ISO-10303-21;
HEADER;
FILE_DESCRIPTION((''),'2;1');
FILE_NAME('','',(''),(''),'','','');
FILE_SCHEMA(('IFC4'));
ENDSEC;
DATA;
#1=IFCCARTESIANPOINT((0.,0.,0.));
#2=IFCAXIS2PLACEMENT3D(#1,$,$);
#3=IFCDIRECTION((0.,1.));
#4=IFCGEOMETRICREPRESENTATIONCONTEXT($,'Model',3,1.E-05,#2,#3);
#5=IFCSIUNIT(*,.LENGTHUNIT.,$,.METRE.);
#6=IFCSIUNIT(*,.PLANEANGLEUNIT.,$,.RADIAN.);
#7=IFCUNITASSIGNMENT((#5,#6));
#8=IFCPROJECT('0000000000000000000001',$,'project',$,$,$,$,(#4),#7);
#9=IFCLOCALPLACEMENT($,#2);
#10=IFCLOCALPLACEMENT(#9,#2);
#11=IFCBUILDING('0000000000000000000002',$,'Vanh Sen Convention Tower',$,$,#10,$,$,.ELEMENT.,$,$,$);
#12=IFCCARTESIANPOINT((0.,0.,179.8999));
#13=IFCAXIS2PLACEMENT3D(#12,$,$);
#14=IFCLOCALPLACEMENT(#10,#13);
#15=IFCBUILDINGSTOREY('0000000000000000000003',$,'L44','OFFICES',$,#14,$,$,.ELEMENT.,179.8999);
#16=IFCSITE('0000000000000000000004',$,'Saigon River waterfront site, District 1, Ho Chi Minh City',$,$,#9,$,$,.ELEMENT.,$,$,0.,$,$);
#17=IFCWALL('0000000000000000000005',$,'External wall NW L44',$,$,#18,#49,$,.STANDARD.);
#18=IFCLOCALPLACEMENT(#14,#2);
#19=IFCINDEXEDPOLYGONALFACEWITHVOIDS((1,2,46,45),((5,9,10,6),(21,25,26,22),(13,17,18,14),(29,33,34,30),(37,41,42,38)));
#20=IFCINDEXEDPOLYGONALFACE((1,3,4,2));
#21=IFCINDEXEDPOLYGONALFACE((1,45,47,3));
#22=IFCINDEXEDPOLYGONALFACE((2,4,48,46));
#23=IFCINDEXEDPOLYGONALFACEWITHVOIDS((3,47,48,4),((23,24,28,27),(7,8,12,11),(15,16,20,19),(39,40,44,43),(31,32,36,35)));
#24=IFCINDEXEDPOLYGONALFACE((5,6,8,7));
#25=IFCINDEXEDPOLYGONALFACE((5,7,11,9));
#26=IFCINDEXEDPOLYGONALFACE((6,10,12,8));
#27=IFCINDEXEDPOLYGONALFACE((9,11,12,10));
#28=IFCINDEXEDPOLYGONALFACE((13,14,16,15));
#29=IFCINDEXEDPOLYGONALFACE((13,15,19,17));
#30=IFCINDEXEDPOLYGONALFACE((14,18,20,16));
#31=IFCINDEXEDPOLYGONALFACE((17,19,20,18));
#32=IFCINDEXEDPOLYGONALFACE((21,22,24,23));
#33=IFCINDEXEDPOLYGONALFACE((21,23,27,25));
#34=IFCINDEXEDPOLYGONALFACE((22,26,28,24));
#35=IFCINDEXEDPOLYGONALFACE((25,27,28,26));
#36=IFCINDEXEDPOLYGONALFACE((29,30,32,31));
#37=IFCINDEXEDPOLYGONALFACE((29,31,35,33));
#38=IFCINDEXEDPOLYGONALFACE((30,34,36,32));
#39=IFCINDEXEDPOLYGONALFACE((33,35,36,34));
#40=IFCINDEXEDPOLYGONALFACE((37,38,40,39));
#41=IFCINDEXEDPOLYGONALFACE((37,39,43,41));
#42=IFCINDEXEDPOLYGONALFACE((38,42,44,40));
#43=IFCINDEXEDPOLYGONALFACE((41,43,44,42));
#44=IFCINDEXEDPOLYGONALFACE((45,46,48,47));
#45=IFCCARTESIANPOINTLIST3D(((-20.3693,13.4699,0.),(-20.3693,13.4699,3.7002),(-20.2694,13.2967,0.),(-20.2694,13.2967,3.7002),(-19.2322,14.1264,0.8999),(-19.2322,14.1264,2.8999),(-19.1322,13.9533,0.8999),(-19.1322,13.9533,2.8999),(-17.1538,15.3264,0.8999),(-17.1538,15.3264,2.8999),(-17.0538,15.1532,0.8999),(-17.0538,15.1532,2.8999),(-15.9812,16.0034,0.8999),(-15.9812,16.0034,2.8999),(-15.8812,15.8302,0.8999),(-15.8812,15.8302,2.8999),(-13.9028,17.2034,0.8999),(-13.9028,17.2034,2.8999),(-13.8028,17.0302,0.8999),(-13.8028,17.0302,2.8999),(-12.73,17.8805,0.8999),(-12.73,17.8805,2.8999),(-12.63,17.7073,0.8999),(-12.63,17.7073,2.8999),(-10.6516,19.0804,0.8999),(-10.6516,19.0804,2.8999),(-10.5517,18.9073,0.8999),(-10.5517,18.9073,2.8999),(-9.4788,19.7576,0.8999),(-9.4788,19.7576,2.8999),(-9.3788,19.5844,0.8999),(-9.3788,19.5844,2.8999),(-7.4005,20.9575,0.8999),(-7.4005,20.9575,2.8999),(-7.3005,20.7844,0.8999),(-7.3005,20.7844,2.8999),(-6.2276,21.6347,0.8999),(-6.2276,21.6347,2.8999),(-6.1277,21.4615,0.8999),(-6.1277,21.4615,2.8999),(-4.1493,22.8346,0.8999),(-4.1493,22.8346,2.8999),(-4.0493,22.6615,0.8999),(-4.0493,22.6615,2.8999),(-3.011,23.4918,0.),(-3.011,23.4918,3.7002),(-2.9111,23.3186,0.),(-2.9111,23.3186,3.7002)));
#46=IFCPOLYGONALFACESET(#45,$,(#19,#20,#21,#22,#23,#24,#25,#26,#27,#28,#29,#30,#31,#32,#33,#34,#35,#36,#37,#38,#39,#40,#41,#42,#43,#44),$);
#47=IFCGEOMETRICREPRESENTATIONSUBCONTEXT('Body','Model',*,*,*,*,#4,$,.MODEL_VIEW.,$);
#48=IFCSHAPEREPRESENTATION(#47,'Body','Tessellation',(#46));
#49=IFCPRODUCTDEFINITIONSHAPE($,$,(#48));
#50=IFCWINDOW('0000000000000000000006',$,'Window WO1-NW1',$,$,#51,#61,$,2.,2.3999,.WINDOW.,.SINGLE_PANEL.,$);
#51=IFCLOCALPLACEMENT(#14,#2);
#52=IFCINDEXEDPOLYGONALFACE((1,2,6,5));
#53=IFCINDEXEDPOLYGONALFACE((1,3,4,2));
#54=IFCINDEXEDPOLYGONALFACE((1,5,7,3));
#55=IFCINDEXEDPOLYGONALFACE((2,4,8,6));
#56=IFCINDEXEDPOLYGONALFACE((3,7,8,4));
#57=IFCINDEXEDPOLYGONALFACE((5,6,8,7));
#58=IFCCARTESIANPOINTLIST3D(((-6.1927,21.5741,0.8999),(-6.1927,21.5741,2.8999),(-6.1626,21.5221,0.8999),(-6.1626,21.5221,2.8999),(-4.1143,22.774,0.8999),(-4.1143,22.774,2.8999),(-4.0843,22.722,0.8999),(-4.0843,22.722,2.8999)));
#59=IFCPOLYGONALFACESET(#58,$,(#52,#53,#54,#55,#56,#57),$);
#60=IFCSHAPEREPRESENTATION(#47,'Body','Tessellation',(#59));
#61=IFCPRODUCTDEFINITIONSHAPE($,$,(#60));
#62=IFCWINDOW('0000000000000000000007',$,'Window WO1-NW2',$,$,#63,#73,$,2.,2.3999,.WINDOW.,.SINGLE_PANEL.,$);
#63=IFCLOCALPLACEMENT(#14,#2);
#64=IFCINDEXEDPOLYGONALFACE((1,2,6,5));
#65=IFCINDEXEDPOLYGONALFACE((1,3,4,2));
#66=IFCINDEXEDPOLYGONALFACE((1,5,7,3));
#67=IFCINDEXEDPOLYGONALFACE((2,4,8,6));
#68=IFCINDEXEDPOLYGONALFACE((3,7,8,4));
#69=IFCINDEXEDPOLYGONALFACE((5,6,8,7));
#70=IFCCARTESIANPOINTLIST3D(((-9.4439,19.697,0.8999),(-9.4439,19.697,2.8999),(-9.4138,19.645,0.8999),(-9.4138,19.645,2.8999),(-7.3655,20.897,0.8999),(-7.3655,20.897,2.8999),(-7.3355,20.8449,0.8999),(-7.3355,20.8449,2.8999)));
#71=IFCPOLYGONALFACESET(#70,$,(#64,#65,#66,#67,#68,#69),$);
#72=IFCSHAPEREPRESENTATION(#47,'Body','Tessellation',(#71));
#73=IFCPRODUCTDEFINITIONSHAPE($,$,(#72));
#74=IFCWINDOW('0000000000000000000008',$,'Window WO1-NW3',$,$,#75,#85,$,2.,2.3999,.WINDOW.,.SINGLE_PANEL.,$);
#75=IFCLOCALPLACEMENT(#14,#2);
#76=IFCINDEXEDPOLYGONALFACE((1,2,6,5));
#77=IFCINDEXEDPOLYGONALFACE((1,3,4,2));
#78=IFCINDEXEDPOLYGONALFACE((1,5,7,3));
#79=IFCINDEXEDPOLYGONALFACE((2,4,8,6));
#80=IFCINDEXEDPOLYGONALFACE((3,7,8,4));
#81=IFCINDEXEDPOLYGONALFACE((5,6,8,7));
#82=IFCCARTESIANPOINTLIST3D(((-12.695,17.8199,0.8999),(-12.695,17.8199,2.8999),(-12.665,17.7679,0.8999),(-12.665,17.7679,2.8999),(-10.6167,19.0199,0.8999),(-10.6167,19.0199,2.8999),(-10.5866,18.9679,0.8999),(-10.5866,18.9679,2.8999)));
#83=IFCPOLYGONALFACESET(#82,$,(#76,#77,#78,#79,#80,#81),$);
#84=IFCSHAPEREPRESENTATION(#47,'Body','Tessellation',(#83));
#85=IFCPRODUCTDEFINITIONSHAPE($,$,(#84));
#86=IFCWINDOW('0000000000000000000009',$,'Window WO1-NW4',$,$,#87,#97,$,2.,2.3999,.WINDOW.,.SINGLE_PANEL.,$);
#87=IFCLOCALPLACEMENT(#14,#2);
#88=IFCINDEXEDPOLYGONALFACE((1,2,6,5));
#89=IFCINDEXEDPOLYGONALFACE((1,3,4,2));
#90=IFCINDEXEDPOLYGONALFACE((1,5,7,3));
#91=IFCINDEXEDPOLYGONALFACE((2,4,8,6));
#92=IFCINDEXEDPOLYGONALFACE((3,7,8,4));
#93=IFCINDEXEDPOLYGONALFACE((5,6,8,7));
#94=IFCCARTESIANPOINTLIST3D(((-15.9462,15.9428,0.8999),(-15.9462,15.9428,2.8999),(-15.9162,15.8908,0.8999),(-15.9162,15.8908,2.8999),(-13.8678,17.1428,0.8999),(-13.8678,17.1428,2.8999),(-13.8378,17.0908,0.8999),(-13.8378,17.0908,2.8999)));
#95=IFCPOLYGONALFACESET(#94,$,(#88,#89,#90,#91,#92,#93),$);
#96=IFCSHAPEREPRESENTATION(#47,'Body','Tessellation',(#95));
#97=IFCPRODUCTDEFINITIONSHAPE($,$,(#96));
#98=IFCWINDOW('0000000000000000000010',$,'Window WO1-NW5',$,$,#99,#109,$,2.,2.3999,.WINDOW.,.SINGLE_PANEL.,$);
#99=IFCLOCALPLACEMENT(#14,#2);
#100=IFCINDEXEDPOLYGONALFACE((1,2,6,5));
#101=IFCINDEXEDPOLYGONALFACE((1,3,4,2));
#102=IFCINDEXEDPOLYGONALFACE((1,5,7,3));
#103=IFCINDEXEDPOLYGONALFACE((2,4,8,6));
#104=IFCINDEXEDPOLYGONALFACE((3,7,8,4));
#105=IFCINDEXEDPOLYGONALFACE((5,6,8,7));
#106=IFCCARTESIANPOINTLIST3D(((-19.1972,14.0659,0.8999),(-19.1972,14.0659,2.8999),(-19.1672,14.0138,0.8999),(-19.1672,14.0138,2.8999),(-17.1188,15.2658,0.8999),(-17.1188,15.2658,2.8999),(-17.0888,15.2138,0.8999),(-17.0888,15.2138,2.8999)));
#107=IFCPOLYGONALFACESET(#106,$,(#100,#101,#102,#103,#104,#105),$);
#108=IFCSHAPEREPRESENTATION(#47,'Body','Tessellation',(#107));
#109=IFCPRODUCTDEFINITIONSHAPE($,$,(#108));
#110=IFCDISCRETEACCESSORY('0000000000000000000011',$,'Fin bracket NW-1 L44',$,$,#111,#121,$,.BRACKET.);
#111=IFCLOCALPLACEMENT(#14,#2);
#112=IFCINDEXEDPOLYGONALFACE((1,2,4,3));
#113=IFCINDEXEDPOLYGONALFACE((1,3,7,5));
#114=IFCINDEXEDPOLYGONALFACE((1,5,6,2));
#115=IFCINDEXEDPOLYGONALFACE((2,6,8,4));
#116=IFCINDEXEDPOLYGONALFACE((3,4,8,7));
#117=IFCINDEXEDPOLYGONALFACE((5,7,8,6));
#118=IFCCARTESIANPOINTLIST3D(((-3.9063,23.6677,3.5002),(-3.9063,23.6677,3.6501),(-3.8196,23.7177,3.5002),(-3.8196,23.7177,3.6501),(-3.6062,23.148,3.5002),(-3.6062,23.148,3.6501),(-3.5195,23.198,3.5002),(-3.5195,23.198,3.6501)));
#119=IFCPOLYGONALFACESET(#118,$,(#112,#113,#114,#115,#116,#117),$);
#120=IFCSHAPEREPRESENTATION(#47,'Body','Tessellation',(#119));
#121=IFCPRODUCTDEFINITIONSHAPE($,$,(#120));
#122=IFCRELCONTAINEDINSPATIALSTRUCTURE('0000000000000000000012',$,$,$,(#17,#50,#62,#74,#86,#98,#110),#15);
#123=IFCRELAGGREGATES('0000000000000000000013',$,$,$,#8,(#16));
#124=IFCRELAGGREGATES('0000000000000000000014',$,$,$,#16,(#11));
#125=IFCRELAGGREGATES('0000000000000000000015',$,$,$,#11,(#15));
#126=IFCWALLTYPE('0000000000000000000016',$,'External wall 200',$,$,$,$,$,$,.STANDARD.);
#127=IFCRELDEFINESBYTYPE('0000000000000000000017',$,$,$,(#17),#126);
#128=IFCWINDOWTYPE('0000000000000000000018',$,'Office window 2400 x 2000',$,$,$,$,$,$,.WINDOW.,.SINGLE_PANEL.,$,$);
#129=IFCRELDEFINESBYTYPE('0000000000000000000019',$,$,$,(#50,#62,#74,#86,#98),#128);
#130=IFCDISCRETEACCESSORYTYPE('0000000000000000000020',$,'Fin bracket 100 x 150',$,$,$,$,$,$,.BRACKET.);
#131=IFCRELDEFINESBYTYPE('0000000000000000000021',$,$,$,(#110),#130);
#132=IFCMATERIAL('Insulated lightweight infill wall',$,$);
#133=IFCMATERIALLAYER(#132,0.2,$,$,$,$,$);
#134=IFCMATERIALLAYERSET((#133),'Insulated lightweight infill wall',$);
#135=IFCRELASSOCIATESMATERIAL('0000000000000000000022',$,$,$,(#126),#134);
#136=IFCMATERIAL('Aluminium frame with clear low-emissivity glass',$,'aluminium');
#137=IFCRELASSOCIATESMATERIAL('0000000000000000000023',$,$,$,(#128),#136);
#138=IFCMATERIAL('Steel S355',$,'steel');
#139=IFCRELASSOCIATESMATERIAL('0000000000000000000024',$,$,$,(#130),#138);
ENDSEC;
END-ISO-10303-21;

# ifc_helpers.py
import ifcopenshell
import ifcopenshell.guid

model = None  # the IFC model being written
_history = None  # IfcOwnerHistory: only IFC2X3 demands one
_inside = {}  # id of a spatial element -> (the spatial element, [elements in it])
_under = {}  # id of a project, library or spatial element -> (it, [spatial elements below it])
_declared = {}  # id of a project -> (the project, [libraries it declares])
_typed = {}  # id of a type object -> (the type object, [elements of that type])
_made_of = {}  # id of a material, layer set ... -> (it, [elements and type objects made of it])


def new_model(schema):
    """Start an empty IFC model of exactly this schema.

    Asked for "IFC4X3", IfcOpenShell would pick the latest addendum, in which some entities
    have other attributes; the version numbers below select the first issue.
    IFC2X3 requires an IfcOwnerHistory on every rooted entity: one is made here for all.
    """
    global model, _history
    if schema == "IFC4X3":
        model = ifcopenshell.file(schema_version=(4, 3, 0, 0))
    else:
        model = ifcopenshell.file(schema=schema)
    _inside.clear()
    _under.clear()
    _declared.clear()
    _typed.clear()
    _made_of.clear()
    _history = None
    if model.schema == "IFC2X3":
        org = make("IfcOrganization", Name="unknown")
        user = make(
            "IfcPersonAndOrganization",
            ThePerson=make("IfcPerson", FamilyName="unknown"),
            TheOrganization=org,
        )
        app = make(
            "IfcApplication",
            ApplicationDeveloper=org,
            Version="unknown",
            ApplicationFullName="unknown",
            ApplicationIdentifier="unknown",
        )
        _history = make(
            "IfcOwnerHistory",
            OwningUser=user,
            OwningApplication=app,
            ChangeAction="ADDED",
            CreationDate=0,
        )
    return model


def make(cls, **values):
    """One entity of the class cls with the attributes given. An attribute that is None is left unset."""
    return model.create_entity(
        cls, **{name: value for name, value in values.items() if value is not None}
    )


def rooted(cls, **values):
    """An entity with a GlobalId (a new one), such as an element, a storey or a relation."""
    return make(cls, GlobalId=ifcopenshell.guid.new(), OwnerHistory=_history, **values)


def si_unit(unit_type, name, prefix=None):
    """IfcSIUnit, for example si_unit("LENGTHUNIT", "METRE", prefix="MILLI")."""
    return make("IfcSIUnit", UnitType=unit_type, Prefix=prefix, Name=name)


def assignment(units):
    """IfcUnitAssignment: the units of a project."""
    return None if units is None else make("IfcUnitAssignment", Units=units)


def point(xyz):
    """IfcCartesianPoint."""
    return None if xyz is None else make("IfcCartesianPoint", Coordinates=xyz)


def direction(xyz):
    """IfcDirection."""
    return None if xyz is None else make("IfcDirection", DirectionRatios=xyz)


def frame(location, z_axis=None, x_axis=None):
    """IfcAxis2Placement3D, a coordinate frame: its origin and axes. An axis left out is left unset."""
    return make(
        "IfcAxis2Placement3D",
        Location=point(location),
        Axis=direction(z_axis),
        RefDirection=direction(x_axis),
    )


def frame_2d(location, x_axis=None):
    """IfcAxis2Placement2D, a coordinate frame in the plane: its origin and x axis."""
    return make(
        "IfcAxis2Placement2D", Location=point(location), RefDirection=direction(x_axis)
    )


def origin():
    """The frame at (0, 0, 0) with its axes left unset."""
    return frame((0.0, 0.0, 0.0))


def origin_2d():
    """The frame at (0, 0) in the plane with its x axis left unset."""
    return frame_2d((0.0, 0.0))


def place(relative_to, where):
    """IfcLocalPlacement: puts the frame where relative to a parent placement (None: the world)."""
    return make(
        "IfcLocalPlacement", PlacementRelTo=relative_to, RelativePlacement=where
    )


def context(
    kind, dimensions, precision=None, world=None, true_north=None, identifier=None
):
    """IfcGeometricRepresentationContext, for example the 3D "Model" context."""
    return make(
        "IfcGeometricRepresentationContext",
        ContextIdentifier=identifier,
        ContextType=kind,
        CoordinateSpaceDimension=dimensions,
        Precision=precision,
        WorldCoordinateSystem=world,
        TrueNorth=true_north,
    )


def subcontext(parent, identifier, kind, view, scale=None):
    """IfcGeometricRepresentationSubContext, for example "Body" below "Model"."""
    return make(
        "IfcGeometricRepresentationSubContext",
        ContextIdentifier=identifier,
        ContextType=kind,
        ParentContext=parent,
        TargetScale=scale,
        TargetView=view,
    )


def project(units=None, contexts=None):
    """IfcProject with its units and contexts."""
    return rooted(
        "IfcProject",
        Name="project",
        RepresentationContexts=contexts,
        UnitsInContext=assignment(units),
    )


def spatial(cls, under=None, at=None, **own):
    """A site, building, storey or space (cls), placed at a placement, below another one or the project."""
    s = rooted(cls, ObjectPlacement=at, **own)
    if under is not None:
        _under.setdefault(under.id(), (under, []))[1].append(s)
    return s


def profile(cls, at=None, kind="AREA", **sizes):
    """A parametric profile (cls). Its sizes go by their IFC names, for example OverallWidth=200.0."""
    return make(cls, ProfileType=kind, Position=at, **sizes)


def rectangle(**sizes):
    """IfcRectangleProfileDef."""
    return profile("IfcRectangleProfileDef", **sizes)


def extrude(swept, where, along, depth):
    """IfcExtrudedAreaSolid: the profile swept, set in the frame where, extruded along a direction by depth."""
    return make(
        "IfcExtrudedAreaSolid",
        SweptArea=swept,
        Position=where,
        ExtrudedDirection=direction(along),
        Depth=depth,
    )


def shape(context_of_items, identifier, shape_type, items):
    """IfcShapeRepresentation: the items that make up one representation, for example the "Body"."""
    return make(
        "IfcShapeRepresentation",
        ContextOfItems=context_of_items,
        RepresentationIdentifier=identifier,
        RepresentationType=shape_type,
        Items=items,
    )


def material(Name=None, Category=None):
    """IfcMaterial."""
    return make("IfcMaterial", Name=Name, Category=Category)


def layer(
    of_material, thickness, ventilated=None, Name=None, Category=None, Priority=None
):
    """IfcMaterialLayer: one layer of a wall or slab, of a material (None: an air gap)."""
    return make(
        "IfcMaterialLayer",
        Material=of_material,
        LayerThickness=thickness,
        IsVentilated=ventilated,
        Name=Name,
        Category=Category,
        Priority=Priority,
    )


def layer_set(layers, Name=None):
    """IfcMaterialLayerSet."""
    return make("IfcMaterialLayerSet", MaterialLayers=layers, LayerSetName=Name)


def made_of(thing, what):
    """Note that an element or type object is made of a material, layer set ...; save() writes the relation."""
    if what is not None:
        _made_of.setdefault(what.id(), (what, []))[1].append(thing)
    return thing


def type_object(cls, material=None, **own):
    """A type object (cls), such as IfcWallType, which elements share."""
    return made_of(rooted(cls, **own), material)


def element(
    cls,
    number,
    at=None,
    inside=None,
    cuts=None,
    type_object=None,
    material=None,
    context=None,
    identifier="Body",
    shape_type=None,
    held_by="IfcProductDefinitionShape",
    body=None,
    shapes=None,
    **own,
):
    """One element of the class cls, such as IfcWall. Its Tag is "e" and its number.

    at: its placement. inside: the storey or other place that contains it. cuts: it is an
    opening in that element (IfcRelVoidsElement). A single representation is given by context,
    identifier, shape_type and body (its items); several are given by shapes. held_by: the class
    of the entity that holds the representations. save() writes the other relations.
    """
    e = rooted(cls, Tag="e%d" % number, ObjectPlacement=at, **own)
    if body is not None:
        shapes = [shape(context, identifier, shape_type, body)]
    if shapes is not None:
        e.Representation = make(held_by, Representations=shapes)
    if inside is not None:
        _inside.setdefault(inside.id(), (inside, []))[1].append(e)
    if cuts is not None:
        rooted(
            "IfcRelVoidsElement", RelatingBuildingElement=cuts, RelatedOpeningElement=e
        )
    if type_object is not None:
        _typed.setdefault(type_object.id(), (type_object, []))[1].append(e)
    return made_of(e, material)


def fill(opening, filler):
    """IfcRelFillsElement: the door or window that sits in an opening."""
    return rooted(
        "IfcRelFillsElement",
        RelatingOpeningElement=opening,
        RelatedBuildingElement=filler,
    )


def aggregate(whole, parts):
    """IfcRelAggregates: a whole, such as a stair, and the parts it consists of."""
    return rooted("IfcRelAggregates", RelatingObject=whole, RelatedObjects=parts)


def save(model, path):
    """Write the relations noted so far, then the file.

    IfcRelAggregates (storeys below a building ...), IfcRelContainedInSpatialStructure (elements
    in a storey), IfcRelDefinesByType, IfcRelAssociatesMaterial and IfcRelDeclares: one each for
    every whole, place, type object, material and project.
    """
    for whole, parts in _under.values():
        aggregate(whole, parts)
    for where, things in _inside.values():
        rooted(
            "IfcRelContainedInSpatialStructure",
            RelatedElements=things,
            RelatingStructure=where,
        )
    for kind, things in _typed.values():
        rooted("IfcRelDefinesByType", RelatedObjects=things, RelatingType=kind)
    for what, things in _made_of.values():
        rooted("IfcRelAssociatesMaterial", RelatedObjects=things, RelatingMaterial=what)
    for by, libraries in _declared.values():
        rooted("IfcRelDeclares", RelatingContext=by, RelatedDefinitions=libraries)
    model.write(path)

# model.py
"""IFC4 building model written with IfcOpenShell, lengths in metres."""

from ifc_helpers import new_model, si_unit, direction, frame, frame_2d, origin, origin_2d, place, context, subcontext, project, spatial, rectangle, extrude, material, layer, layer_set, type_object, element, fill, save


model = new_model("IFC4")

# Units and contexts
model_context = context("Model", 3, precision=1e-05, world=origin(), true_north=direction((0.0, 1.0)))
body_context = subcontext(model_context, "Body", "Model", "MODEL_VIEW")
ifc_project = project(units=[si_unit("LENGTHUNIT", "METRE"), si_unit("PLANEANGLEUNIT", "RADIAN")], contexts=[model_context])

# Site, building, storey
site_placement = place(None, origin())
site = spatial("IfcSite", under=ifc_project, at=site_placement, Name="Saigon River waterfront site, District 1, Ho Chi Minh City", CompositionType="ELEMENT", RefElevation=0.0)
building_placement = place(site_placement, origin())
building = spatial("IfcBuilding", under=site, at=building_placement, Name="Vanh Sen Convention Tower", CompositionType="ELEMENT")
storey_placement = place(building_placement, frame((0.0, 0.0, 179.8999)))
storey = spatial("IfcBuildingStorey", under=building, at=storey_placement, Name="L44", Description="OFFICES", CompositionType="ELEMENT", Elevation=179.8999)

# Wall, openings, windows
ifc_material_1 = material(Name="Insulated lightweight infill wall")
ifc_layer_1 = layer(ifc_material_1, 0.2)
ifc_layer_set_1 = layer_set([ifc_layer_1], Name="Insulated lightweight infill wall")
wall_type_1 = type_object("IfcWallType", Name="External wall 200", PredefinedType="STANDARD", material=ifc_layer_set_1)
wall_1_placement = place(storey_placement, frame((-2.9609, 23.4053, 0.0), z_axis=(0.0, 0.0, 1.0), x_axis=(-0.866023, -0.500004, 0.0)))
wall_1 = element("IfcWall", 1, at=wall_1_placement, inside=storey, type_object=wall_type_1, Name="External wall NW L44", PredefinedType="STANDARD", context=body_context, shape_type="SweptSolid", body=[
    extrude(rectangle(XDim=20.0437, YDim=0.2, at=frame_2d((10.022, 0.0))), origin(), (0.0, 0.0, 1.0), 3.7002),
])
opening_1_placement = place(wall_1_placement, frame((1.3145, 0.0, 0.8999)))
opening_1 = element("IfcOpeningElement", 2, at=opening_1_placement, cuts=wall_1, PredefinedType="OPENING", context=body_context, shape_type="SweptSolid", body=[
    extrude(rectangle(XDim=2.3999, YDim=2.0, at=frame_2d((1.2, 1.0))), frame((0.0, 0.1099, 0.0), z_axis=(0.0, -1.0, 0.0), x_axis=(1.0, 0.0, 0.0)), (0.0, 0.0, 1.0), 0.22),
])
opening_2_placement = place(wall_1_placement, frame((5.0686, 0.0, 0.8999)))
opening_2 = element("IfcOpeningElement", 3, at=opening_2_placement, cuts=wall_1, PredefinedType="OPENING", context=body_context, shape_type="SweptSolid", body=[
    extrude(rectangle(XDim=2.3999, YDim=2.0, at=frame_2d((1.2, 1.0))), frame((0.0, 0.1099, 0.0), z_axis=(0.0, -1.0, 0.0), x_axis=(1.0, 0.0, 0.0)), (0.0, 0.0, 1.0), 0.22),
])
opening_3_placement = place(wall_1_placement, frame((8.8228, 0.0, 0.8999)))
opening_3 = element("IfcOpeningElement", 4, at=opening_3_placement, cuts=wall_1, PredefinedType="OPENING", context=body_context, shape_type="SweptSolid", body=[
    extrude(rectangle(XDim=2.3999, YDim=2.0, at=frame_2d((1.2, 1.0))), frame((0.0, 0.1099, 0.0), z_axis=(0.0, -1.0, 0.0), x_axis=(1.0, 0.0, 0.0)), (0.0, 0.0, 1.0), 0.22),
])
opening_4_placement = place(wall_1_placement, frame((12.5769, 0.0, 0.8999)))
opening_4 = element("IfcOpeningElement", 5, at=opening_4_placement, cuts=wall_1, PredefinedType="OPENING", context=body_context, shape_type="SweptSolid", body=[
    extrude(rectangle(XDim=2.3999, YDim=2.0, at=frame_2d((1.2, 1.0))), frame((0.0, 0.1099, 0.0), z_axis=(0.0, -1.0, 0.0), x_axis=(1.0, 0.0, 0.0)), (0.0, 0.0, 1.0), 0.22),
])
opening_5_placement = place(wall_1_placement, frame((16.3308, 0.0, 0.8999)))
opening_5 = element("IfcOpeningElement", 6, at=opening_5_placement, cuts=wall_1, PredefinedType="OPENING", context=body_context, shape_type="SweptSolid", body=[
    extrude(rectangle(XDim=2.3999, YDim=2.0, at=frame_2d((1.2, 1.0))), frame((0.0, 0.1099, 0.0), z_axis=(0.0, -1.0, 0.0), x_axis=(1.0, 0.0, 0.0)), (0.0, 0.0, 1.0), 0.22),
])
ifc_material_2 = material(Name="Aluminium frame with clear low-emissivity glass", Category="aluminium")
window_type = type_object("IfcWindowType", Name="Office window 2400 x 2000", PartitioningType="SINGLE_PANEL", PredefinedType="WINDOW", material=ifc_material_2)
window_1_placement = place(opening_1_placement, origin())
window_1 = element("IfcWindow", 7, at=window_1_placement, inside=storey, type_object=window_type, Name="Window WO1-NW1", OverallHeight=2.0, OverallWidth=2.3999, PartitioningType="SINGLE_PANEL", PredefinedType="WINDOW", context=body_context, shape_type="SweptSolid", body=[
    extrude(rectangle(XDim=2.3999, YDim=2.0, at=frame_2d((1.2, 1.0))), frame((0.0, 0.03, 0.0), z_axis=(0.0, -1.0, 0.0), x_axis=(1.0, 0.0, 0.0)), (0.0, 0.0, 1.0), 0.0601),
])
fill(opening_1, window_1)
window_2_placement = place(opening_2_placement, origin())
window_2 = element("IfcWindow", 8, at=window_2_placement, inside=storey, type_object=window_type, Name="Window WO1-NW2", OverallHeight=2.0, OverallWidth=2.3999, PartitioningType="SINGLE_PANEL", PredefinedType="WINDOW", context=body_context, shape_type="SweptSolid", body=[
    extrude(rectangle(XDim=2.3999, YDim=2.0, at=frame_2d((1.2, 1.0))), frame((0.0, 0.03, 0.0), z_axis=(0.0, -1.0, 0.0), x_axis=(1.0, 0.0, 0.0)), (0.0, 0.0, 1.0), 0.0601),
])
fill(opening_2, window_2)
window_3_placement = place(opening_3_placement, origin())
window_3 = element("IfcWindow", 9, at=window_3_placement, inside=storey, type_object=window_type, Name="Window WO1-NW3", OverallHeight=2.0, OverallWidth=2.3999, PartitioningType="SINGLE_PANEL", PredefinedType="WINDOW", context=body_context, shape_type="SweptSolid", body=[
    extrude(rectangle(XDim=2.3999, YDim=2.0, at=frame_2d((1.2, 1.0))), frame((0.0, 0.03, 0.0), z_axis=(0.0, -1.0, 0.0), x_axis=(1.0, 0.0, 0.0)), (0.0, 0.0, 1.0), 0.0601),
])
fill(opening_3, window_3)
window_4_placement = place(opening_4_placement, origin())
window_4 = element("IfcWindow", 10, at=window_4_placement, inside=storey, type_object=window_type, Name="Window WO1-NW4", OverallHeight=2.0, OverallWidth=2.3999, PartitioningType="SINGLE_PANEL", PredefinedType="WINDOW", context=body_context, shape_type="SweptSolid", body=[
    extrude(rectangle(XDim=2.3999, YDim=2.0, at=frame_2d((1.2, 1.0))), frame((0.0, 0.03, 0.0), z_axis=(0.0, -1.0, 0.0), x_axis=(1.0, 0.0, 0.0)), (0.0, 0.0, 1.0), 0.0601),
])
fill(opening_4, window_4)
window_5_placement = place(opening_5_placement, origin())
window_5 = element("IfcWindow", 11, at=window_5_placement, inside=storey, type_object=window_type, Name="Window WO1-NW5", OverallHeight=2.0, OverallWidth=2.3999, PartitioningType="SINGLE_PANEL", PredefinedType="WINDOW", context=body_context, shape_type="SweptSolid", body=[
    extrude(rectangle(XDim=2.3999, YDim=2.0, at=frame_2d((1.2, 1.0))), frame((0.0, 0.03, 0.0), z_axis=(0.0, -1.0, 0.0), x_axis=(1.0, 0.0, 0.0)), (0.0, 0.0, 1.0), 0.0601),
])
fill(opening_5, window_5)

# Discrete accessory
ifc_material_3 = material(Name="Steel S355", Category="steel")
discrete_accessory_type = type_object("IfcDiscreteAccessoryType", Name="Fin bracket 100 x 150", PredefinedType="BRACKET", material=ifc_material_3)
discrete_accessory_placement = place(storey_placement, frame((-3.7129, 23.4329, 3.5002), z_axis=(0.0, 0.0, 1.0), x_axis=(-0.5, 0.866025, 0.0)))
element("IfcDiscreteAccessory", 12, at=discrete_accessory_placement, inside=storey, type_object=discrete_accessory_type, Name="Fin bracket NW-1 L44", PredefinedType="BRACKET", context=body_context, shape_type="SweptSolid", body=[
    extrude(rectangle(XDim=0.6001, YDim=0.1001, at=origin_2d()), origin(), (0.0, 0.0, 1.0), 0.1499),
])

save(model, "model.ifc")
